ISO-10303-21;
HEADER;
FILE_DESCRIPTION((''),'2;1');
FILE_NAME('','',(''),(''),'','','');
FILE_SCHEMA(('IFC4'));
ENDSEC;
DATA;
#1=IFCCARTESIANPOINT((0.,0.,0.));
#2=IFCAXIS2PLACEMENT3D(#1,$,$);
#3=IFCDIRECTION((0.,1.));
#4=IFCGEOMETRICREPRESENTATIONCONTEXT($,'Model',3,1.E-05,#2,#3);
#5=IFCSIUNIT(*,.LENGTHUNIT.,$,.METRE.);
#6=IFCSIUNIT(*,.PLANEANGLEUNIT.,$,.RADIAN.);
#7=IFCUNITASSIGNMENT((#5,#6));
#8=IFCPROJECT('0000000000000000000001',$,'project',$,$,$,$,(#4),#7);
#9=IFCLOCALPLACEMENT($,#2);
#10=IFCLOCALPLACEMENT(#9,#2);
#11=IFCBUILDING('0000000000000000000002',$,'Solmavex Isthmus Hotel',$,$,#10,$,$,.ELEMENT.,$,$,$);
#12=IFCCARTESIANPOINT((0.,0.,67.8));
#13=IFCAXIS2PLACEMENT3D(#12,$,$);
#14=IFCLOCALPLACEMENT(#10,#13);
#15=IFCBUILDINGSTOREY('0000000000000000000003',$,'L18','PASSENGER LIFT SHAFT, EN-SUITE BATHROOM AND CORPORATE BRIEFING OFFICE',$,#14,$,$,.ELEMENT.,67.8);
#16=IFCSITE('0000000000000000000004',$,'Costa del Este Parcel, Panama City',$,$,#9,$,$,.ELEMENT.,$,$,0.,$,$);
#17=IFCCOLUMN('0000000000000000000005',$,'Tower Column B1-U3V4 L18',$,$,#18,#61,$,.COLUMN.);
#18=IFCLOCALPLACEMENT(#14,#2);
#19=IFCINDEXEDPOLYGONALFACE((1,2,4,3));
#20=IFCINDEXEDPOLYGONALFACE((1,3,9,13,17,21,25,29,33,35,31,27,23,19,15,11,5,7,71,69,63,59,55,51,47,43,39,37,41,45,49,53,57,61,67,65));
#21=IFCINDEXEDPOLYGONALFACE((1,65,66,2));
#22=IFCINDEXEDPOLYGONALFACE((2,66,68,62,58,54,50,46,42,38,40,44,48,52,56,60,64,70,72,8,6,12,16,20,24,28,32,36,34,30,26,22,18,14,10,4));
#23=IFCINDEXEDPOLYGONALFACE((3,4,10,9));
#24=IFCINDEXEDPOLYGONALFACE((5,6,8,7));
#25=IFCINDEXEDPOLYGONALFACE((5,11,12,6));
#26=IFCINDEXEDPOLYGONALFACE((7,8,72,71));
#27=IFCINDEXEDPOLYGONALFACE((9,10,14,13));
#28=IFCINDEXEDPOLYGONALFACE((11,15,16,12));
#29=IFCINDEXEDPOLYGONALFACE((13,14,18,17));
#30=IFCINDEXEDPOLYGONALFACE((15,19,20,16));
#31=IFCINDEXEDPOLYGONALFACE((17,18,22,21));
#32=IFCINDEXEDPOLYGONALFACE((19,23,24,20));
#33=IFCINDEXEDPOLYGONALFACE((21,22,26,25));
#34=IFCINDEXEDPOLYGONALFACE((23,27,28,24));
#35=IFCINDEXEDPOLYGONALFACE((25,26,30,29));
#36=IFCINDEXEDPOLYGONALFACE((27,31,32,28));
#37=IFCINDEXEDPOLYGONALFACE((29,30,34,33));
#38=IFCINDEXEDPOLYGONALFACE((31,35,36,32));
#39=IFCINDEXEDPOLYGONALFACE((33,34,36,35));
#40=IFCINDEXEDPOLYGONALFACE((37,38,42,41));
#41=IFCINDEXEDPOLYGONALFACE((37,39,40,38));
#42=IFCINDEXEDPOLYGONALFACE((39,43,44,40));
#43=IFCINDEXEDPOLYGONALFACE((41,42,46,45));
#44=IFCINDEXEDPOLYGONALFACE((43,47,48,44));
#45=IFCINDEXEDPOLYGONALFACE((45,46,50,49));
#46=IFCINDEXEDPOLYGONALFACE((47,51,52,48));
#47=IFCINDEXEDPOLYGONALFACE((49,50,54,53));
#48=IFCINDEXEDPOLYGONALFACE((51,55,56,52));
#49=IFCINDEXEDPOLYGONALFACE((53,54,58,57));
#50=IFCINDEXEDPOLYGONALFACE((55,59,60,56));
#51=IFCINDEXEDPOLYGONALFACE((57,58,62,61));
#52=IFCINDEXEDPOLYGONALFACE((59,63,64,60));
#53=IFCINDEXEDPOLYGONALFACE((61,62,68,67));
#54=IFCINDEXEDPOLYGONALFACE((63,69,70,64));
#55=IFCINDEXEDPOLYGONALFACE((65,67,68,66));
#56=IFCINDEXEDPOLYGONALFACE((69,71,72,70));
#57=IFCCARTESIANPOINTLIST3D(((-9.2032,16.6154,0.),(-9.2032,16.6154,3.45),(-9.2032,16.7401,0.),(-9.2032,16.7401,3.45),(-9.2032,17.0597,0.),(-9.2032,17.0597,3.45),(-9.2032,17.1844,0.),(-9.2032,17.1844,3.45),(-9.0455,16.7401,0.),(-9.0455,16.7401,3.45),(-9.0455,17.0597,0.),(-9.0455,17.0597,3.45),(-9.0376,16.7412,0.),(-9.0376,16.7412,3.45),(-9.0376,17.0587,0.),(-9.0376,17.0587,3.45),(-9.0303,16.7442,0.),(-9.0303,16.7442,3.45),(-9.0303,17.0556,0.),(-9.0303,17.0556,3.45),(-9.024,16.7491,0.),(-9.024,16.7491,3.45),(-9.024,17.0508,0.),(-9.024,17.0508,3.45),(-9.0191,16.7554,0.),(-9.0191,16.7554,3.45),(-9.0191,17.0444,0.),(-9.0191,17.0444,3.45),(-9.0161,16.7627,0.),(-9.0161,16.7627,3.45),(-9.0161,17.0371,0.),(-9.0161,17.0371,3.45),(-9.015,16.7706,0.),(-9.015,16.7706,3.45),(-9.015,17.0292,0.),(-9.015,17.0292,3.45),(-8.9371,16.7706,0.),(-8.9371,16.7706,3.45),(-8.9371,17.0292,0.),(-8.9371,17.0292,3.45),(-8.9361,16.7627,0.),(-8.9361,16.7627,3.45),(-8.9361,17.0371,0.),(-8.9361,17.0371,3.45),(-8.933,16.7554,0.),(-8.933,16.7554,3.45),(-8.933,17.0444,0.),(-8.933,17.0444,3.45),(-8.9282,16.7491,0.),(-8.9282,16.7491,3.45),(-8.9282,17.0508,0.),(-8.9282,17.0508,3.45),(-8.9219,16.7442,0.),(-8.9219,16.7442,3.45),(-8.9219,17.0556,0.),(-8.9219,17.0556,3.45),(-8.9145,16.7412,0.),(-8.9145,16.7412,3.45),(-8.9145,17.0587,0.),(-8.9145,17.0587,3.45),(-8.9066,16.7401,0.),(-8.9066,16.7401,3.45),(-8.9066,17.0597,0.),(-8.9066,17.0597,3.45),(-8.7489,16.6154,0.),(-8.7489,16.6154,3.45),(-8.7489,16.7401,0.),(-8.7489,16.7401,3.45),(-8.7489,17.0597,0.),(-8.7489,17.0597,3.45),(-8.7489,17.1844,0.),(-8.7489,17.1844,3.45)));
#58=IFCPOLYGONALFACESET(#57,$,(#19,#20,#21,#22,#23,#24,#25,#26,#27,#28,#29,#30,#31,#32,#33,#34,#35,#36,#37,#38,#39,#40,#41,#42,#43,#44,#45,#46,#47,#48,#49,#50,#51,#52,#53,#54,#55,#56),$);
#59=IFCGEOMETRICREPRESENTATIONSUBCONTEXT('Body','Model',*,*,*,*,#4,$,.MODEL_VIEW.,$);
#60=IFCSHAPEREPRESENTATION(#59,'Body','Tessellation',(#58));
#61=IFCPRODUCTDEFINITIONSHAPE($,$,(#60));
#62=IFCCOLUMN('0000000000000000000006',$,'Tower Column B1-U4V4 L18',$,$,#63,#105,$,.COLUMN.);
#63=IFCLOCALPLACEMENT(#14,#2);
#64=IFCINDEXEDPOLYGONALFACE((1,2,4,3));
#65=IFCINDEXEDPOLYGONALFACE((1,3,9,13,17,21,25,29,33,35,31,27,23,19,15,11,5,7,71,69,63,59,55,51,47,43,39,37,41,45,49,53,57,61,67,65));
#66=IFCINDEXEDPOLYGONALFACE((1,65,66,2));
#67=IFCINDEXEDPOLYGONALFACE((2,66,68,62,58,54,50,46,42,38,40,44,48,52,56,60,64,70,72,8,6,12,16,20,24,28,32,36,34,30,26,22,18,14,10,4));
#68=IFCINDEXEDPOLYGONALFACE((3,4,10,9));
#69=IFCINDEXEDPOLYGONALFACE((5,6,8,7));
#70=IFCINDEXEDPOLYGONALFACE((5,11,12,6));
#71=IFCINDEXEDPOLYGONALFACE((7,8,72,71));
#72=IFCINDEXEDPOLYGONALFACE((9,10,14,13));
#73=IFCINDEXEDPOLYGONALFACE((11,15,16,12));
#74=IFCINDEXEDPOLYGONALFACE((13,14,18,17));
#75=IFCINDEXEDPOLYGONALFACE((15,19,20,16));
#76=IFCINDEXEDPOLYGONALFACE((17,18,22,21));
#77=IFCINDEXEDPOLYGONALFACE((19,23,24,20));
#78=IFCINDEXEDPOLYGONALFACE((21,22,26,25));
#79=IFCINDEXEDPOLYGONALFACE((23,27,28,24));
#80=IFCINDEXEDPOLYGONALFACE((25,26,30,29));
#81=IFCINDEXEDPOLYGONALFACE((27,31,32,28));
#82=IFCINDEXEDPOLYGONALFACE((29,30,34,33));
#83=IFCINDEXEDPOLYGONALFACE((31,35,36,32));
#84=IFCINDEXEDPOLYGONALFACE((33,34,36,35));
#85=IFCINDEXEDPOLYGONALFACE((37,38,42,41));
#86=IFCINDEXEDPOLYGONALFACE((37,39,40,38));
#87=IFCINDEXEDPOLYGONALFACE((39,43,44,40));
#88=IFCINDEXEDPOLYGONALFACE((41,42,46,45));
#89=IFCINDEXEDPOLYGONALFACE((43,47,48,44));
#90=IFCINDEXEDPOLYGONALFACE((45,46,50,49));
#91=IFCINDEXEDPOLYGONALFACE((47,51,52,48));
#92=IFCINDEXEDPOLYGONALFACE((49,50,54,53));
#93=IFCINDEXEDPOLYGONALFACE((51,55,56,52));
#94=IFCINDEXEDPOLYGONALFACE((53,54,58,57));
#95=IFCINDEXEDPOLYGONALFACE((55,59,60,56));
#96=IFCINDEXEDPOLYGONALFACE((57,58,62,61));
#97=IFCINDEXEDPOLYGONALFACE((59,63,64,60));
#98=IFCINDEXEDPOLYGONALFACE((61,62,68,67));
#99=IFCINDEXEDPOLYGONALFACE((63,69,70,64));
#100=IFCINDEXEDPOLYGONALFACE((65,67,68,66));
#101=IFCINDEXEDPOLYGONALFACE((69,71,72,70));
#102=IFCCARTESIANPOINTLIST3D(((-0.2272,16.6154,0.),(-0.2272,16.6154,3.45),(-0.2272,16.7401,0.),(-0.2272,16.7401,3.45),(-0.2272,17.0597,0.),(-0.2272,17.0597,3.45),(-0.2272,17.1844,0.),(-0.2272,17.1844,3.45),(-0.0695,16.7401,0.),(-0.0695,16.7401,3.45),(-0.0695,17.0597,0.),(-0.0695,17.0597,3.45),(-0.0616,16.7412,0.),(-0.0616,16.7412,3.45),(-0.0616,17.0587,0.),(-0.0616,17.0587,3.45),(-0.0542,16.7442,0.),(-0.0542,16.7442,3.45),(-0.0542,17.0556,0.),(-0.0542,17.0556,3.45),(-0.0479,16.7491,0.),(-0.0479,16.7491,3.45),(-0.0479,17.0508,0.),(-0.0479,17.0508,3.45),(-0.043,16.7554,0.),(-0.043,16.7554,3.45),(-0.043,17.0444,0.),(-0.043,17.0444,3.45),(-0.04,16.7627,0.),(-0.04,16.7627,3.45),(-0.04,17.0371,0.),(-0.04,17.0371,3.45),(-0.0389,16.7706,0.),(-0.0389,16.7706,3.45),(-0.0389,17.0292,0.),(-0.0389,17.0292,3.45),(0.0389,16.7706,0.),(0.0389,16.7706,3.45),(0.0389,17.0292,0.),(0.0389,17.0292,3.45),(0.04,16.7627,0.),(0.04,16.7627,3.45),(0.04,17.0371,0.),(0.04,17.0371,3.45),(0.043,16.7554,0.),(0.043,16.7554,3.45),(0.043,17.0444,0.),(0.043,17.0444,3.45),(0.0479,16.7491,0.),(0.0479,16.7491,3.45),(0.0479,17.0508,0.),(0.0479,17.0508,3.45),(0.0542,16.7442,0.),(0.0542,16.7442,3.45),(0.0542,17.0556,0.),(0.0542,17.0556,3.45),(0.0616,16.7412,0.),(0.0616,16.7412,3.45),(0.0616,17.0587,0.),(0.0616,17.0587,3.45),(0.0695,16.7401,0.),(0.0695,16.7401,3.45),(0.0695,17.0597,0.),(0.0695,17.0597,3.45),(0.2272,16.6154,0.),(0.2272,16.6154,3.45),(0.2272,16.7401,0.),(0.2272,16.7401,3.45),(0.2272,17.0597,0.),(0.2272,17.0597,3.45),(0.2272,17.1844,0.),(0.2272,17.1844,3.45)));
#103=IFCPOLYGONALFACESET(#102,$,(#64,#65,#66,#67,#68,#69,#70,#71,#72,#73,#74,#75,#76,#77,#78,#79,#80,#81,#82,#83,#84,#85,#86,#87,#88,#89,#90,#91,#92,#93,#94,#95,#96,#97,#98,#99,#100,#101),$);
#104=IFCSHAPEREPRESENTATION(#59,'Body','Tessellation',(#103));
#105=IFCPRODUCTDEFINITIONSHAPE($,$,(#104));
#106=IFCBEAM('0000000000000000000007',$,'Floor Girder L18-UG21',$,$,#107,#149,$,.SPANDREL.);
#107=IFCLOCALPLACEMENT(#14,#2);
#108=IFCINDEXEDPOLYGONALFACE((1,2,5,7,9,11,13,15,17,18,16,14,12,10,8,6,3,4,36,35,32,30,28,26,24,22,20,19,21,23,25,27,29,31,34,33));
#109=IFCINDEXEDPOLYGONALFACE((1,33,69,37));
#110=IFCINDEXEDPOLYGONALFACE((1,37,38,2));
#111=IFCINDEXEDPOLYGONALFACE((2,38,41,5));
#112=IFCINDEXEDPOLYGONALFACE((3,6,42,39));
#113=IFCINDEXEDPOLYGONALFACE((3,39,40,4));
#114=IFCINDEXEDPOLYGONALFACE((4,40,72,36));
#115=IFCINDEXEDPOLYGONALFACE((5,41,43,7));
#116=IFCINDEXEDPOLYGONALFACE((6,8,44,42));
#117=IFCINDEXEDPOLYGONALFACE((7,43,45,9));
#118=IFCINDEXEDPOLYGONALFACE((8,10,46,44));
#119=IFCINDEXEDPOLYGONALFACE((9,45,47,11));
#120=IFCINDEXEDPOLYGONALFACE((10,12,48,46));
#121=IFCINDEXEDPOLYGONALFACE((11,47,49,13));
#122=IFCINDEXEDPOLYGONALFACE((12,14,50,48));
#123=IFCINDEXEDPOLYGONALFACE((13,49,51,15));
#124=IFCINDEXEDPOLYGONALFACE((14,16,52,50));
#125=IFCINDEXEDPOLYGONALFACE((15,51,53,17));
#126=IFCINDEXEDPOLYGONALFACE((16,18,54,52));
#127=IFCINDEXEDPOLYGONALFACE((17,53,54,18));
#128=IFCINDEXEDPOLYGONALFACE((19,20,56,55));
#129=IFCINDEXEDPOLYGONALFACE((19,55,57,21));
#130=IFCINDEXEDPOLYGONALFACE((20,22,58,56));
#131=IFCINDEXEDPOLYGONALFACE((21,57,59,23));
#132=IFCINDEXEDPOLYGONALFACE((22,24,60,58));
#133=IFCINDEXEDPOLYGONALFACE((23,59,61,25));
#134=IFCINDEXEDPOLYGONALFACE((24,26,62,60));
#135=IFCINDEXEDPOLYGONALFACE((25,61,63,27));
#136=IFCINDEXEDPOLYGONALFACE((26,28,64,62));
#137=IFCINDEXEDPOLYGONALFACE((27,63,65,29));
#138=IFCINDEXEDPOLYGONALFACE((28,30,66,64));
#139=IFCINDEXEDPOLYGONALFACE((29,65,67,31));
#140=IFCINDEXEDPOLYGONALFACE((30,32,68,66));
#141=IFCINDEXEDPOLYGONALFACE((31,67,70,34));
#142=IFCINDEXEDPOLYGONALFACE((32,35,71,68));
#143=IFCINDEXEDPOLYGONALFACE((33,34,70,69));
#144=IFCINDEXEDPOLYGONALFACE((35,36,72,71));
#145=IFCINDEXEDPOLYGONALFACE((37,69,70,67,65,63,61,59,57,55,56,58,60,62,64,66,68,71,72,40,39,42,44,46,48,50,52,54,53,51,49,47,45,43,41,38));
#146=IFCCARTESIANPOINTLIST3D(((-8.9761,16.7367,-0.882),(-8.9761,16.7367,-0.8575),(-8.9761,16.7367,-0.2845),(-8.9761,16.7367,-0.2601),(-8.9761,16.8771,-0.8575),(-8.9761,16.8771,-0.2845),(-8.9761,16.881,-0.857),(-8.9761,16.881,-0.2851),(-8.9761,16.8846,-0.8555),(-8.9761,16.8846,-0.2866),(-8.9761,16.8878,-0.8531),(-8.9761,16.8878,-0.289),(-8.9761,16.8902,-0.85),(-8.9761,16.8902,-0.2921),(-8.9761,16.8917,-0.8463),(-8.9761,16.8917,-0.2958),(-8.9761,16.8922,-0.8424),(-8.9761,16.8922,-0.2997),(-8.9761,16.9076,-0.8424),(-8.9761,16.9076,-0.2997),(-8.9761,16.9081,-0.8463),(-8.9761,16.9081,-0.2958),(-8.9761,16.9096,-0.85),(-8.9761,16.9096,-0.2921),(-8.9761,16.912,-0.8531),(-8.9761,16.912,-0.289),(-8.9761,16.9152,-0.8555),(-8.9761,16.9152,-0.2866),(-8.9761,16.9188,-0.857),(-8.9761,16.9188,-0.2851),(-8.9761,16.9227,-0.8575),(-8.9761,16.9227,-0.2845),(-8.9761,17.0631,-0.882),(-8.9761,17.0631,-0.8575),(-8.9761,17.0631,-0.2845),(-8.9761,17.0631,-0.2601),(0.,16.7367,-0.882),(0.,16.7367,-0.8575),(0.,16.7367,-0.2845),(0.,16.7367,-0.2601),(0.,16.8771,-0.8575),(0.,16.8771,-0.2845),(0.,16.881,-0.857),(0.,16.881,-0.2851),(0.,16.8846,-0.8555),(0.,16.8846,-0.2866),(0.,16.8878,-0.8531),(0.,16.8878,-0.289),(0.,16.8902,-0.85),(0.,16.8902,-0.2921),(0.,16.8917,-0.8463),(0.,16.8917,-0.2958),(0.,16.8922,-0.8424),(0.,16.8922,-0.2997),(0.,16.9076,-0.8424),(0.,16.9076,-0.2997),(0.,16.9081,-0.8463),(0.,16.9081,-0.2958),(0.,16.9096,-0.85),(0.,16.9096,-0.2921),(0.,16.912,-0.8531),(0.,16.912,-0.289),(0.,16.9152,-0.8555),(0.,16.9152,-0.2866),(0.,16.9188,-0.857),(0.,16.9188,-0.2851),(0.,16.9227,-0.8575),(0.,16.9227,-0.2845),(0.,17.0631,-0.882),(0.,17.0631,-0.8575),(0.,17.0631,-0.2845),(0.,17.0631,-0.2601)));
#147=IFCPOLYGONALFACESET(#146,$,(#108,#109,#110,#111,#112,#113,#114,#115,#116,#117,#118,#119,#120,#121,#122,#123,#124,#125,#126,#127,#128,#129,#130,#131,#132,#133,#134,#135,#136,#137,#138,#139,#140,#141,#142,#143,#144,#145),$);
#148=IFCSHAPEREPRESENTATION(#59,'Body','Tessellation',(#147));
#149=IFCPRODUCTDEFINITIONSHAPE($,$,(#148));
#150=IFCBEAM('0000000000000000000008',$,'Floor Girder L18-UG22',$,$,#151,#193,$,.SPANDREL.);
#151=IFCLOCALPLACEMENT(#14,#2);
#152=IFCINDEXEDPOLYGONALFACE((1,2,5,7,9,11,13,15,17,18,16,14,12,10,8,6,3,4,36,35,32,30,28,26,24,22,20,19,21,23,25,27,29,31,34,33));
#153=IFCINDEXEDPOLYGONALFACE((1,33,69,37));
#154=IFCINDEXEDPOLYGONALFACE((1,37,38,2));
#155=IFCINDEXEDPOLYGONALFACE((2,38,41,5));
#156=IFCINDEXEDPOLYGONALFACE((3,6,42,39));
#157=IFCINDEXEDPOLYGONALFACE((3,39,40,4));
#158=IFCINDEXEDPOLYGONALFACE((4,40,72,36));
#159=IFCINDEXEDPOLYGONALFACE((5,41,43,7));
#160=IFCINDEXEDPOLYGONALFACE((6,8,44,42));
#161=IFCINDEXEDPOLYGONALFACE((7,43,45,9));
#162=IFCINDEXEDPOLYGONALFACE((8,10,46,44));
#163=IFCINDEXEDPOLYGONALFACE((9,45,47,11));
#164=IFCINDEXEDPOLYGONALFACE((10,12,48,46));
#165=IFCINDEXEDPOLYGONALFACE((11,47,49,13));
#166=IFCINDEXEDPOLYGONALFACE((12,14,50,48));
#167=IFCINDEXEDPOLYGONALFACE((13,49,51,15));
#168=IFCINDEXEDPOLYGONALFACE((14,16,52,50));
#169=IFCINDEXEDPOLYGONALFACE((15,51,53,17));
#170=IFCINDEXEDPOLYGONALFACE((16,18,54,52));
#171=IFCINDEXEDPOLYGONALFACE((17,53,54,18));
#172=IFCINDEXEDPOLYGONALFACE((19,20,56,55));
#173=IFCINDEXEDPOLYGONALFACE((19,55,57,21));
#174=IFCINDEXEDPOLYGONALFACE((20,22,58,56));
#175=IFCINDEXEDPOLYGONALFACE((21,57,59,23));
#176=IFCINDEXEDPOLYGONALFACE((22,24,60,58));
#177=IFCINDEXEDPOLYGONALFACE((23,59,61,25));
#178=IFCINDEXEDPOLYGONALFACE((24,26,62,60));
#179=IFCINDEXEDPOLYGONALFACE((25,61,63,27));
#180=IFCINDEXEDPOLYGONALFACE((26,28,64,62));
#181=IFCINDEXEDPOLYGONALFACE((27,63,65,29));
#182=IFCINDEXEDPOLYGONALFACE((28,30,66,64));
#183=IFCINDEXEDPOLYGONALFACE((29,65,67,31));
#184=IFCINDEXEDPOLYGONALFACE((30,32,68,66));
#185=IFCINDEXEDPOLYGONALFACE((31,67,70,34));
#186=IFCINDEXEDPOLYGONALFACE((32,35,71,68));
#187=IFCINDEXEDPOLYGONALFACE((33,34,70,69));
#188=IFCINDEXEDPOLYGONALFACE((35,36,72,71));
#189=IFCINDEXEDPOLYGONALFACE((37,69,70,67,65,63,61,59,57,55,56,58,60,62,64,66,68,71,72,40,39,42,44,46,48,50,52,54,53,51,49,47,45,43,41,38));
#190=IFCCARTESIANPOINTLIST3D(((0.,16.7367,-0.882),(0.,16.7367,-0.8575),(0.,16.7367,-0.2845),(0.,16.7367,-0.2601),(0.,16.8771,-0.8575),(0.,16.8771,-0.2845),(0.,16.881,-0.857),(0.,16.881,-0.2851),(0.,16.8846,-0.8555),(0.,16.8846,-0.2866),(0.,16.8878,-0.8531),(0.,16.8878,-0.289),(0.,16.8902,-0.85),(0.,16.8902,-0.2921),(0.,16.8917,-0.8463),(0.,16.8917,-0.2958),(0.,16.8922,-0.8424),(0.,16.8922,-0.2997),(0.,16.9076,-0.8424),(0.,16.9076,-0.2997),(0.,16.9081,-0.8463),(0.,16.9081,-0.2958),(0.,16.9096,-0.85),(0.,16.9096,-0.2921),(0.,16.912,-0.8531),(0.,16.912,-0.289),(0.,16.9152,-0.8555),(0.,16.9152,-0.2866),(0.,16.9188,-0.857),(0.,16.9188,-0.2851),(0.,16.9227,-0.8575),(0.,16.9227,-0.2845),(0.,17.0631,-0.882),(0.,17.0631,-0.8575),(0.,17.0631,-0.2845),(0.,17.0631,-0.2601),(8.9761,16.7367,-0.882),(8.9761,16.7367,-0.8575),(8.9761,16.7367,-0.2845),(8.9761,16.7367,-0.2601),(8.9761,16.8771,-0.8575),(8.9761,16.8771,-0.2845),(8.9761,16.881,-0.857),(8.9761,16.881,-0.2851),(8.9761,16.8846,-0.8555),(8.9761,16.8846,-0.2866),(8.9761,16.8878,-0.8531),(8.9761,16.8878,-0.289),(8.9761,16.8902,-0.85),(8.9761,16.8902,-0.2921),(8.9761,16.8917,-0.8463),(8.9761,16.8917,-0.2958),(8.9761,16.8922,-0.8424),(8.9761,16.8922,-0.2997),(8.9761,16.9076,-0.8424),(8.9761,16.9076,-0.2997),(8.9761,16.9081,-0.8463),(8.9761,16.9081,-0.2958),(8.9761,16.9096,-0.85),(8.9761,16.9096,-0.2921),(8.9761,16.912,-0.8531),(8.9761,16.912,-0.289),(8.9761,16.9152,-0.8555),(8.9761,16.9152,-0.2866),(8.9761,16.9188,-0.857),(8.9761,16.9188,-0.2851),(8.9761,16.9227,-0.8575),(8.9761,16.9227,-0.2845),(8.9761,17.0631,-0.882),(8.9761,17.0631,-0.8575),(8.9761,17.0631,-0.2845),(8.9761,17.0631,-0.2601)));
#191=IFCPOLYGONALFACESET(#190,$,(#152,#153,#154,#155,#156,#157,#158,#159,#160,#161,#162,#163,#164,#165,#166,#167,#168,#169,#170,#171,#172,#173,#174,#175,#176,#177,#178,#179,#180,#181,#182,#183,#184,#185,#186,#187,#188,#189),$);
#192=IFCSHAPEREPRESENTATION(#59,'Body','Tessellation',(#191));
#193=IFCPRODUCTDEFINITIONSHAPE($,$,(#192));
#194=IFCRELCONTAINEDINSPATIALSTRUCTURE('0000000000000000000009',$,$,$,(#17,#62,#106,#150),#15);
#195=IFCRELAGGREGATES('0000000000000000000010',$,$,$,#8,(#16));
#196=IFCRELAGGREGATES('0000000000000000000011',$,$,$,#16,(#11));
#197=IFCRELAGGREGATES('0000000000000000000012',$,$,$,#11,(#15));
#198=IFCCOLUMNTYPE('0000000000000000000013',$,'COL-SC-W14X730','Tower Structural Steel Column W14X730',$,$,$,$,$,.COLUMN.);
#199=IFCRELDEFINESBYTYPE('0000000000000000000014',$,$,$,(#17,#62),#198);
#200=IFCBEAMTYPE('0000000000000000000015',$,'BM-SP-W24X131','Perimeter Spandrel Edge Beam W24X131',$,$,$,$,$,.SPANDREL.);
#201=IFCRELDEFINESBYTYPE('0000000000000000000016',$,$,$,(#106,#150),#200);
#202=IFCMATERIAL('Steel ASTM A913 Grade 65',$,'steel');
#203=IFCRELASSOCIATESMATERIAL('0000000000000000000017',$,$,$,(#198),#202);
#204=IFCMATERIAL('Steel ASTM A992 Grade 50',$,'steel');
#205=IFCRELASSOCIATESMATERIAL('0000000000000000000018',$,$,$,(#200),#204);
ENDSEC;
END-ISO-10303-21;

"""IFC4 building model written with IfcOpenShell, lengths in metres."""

from ifc_helpers import new_model, si_unit, direction, frame, origin, origin_2d, place, context, subcontext, project, spatial, i_section, extrude, material, material_profile, profile_set, type_object, element, save


model = new_model("IFC4")

# Units and contexts
model_context = context("Model", 3, precision=1e-05, world=origin(), true_north=direction((0.0, 1.0)))
body_context = subcontext(model_context, "Body", "Model", "MODEL_VIEW")
ifc_project = project(units=[si_unit("LENGTHUNIT", "METRE"), si_unit("PLANEANGLEUNIT", "RADIAN")], contexts=[model_context])

# Site, building, storey
site_placement = place(None, origin())
site = spatial("IfcSite", under=ifc_project, at=site_placement, Name="Costa del Este Parcel, Panama City", CompositionType="ELEMENT", RefElevation=0.0)
building_placement = place(site_placement, origin())
building = spatial("IfcBuilding", under=site, at=building_placement, Name="Solmavex Isthmus Hotel", CompositionType="ELEMENT")
storey_placement = place(building_placement, frame((0.0, 0.0, 67.8)))
storey = spatial("IfcBuildingStorey", under=building, at=storey_placement, Name="L18", Description="PASSENGER LIFT SHAFT, EN-SUITE BATHROOM AND CORPORATE BRIEFING OFFICE", CompositionType="ELEMENT", Elevation=67.8)

# Columns
ifc_material_1 = material(Name="Steel ASTM A913 Grade 65", Category="steel")
ifc_material_profile_1 = material_profile(ifc_material_1, i_section(OverallWidth=0.4543, OverallDepth=0.5691, WebThickness=0.0779, FlangeThickness=0.1248, FilletRadius=0.0305, at=origin_2d()), Name="W14X730")
ifc_profile_set_1 = profile_set([ifc_material_profile_1], Name="Steel ASTM A913 Grade 65")
column_type = type_object("IfcColumnType", Name="COL-SC-W14X730", Description="Tower Structural Steel Column W14X730", PredefinedType="COLUMN", material=ifc_profile_set_1)
for number, where, z_axis, x_axis, name in (
    (1, (-8.9761, 16.8999, 0.0), (0.0, 0.0, 1.0), (1.0, 0.0, 0.0), "Tower Column B1-U3V4 L18"),
    (2, (0.0, 16.8999, 0.0), (0.0, 0.0, 1.0), (1.0, 0.0, 0.0), "Tower Column B1-U4V4 L18"),
):
    element("IfcColumn", number, at=place(storey_placement, frame(where, z_axis=z_axis, x_axis=x_axis)), inside=storey, type_object=column_type, Name=name, PredefinedType="COLUMN", context=body_context, shape_type="SweptSolid", body=[
        extrude(i_section(OverallWidth=0.4543, OverallDepth=0.5691, WebThickness=0.0779, FlangeThickness=0.1248, FilletRadius=0.0305, at=origin_2d()), origin(), (0.0, 0.0, 1.0), 3.45),
    ])

# Beams
ifc_material_2 = material(Name="Steel ASTM A992 Grade 50", Category="steel")
ifc_material_profile_2 = material_profile(ifc_material_2, i_section(OverallWidth=0.3264, OverallDepth=0.6218, WebThickness=0.0154, FlangeThickness=0.0244, FilletRadius=0.0151, at=origin_2d()), Name="W24X131")
ifc_profile_set_2 = profile_set([ifc_material_profile_2], Name="Steel ASTM A992 Grade 50")
beam_type = type_object("IfcBeamType", Name="BM-SP-W24X131", Description="Perimeter Spandrel Edge Beam W24X131", PredefinedType="SPANDREL", material=ifc_profile_set_2)
for number, where, z_axis, x_axis, name in (
    (3, (-8.9761, 16.8999, -0.571), (1.0, 0.0, 0.0), (0.0, 1.0, 0.0), "Floor Girder L18-UG21"),
    (4, (0.0, 16.8999, -0.571), (1.0, 0.0, 0.0), (0.0, 1.0, 0.0), "Floor Girder L18-UG22"),
):
    element("IfcBeam", number, at=place(storey_placement, frame(where, z_axis=z_axis, x_axis=x_axis)), inside=storey, type_object=beam_type, Name=name, PredefinedType="SPANDREL", context=body_context, shape_type="SweptSolid", body=[
        extrude(i_section(OverallWidth=0.3264, OverallDepth=0.6218, WebThickness=0.0154, FlangeThickness=0.0244, FilletRadius=0.0151, at=origin_2d()), origin(), (0.0, 0.0, 1.0), 8.9761),
    ])

save(model, "model.ifc")
